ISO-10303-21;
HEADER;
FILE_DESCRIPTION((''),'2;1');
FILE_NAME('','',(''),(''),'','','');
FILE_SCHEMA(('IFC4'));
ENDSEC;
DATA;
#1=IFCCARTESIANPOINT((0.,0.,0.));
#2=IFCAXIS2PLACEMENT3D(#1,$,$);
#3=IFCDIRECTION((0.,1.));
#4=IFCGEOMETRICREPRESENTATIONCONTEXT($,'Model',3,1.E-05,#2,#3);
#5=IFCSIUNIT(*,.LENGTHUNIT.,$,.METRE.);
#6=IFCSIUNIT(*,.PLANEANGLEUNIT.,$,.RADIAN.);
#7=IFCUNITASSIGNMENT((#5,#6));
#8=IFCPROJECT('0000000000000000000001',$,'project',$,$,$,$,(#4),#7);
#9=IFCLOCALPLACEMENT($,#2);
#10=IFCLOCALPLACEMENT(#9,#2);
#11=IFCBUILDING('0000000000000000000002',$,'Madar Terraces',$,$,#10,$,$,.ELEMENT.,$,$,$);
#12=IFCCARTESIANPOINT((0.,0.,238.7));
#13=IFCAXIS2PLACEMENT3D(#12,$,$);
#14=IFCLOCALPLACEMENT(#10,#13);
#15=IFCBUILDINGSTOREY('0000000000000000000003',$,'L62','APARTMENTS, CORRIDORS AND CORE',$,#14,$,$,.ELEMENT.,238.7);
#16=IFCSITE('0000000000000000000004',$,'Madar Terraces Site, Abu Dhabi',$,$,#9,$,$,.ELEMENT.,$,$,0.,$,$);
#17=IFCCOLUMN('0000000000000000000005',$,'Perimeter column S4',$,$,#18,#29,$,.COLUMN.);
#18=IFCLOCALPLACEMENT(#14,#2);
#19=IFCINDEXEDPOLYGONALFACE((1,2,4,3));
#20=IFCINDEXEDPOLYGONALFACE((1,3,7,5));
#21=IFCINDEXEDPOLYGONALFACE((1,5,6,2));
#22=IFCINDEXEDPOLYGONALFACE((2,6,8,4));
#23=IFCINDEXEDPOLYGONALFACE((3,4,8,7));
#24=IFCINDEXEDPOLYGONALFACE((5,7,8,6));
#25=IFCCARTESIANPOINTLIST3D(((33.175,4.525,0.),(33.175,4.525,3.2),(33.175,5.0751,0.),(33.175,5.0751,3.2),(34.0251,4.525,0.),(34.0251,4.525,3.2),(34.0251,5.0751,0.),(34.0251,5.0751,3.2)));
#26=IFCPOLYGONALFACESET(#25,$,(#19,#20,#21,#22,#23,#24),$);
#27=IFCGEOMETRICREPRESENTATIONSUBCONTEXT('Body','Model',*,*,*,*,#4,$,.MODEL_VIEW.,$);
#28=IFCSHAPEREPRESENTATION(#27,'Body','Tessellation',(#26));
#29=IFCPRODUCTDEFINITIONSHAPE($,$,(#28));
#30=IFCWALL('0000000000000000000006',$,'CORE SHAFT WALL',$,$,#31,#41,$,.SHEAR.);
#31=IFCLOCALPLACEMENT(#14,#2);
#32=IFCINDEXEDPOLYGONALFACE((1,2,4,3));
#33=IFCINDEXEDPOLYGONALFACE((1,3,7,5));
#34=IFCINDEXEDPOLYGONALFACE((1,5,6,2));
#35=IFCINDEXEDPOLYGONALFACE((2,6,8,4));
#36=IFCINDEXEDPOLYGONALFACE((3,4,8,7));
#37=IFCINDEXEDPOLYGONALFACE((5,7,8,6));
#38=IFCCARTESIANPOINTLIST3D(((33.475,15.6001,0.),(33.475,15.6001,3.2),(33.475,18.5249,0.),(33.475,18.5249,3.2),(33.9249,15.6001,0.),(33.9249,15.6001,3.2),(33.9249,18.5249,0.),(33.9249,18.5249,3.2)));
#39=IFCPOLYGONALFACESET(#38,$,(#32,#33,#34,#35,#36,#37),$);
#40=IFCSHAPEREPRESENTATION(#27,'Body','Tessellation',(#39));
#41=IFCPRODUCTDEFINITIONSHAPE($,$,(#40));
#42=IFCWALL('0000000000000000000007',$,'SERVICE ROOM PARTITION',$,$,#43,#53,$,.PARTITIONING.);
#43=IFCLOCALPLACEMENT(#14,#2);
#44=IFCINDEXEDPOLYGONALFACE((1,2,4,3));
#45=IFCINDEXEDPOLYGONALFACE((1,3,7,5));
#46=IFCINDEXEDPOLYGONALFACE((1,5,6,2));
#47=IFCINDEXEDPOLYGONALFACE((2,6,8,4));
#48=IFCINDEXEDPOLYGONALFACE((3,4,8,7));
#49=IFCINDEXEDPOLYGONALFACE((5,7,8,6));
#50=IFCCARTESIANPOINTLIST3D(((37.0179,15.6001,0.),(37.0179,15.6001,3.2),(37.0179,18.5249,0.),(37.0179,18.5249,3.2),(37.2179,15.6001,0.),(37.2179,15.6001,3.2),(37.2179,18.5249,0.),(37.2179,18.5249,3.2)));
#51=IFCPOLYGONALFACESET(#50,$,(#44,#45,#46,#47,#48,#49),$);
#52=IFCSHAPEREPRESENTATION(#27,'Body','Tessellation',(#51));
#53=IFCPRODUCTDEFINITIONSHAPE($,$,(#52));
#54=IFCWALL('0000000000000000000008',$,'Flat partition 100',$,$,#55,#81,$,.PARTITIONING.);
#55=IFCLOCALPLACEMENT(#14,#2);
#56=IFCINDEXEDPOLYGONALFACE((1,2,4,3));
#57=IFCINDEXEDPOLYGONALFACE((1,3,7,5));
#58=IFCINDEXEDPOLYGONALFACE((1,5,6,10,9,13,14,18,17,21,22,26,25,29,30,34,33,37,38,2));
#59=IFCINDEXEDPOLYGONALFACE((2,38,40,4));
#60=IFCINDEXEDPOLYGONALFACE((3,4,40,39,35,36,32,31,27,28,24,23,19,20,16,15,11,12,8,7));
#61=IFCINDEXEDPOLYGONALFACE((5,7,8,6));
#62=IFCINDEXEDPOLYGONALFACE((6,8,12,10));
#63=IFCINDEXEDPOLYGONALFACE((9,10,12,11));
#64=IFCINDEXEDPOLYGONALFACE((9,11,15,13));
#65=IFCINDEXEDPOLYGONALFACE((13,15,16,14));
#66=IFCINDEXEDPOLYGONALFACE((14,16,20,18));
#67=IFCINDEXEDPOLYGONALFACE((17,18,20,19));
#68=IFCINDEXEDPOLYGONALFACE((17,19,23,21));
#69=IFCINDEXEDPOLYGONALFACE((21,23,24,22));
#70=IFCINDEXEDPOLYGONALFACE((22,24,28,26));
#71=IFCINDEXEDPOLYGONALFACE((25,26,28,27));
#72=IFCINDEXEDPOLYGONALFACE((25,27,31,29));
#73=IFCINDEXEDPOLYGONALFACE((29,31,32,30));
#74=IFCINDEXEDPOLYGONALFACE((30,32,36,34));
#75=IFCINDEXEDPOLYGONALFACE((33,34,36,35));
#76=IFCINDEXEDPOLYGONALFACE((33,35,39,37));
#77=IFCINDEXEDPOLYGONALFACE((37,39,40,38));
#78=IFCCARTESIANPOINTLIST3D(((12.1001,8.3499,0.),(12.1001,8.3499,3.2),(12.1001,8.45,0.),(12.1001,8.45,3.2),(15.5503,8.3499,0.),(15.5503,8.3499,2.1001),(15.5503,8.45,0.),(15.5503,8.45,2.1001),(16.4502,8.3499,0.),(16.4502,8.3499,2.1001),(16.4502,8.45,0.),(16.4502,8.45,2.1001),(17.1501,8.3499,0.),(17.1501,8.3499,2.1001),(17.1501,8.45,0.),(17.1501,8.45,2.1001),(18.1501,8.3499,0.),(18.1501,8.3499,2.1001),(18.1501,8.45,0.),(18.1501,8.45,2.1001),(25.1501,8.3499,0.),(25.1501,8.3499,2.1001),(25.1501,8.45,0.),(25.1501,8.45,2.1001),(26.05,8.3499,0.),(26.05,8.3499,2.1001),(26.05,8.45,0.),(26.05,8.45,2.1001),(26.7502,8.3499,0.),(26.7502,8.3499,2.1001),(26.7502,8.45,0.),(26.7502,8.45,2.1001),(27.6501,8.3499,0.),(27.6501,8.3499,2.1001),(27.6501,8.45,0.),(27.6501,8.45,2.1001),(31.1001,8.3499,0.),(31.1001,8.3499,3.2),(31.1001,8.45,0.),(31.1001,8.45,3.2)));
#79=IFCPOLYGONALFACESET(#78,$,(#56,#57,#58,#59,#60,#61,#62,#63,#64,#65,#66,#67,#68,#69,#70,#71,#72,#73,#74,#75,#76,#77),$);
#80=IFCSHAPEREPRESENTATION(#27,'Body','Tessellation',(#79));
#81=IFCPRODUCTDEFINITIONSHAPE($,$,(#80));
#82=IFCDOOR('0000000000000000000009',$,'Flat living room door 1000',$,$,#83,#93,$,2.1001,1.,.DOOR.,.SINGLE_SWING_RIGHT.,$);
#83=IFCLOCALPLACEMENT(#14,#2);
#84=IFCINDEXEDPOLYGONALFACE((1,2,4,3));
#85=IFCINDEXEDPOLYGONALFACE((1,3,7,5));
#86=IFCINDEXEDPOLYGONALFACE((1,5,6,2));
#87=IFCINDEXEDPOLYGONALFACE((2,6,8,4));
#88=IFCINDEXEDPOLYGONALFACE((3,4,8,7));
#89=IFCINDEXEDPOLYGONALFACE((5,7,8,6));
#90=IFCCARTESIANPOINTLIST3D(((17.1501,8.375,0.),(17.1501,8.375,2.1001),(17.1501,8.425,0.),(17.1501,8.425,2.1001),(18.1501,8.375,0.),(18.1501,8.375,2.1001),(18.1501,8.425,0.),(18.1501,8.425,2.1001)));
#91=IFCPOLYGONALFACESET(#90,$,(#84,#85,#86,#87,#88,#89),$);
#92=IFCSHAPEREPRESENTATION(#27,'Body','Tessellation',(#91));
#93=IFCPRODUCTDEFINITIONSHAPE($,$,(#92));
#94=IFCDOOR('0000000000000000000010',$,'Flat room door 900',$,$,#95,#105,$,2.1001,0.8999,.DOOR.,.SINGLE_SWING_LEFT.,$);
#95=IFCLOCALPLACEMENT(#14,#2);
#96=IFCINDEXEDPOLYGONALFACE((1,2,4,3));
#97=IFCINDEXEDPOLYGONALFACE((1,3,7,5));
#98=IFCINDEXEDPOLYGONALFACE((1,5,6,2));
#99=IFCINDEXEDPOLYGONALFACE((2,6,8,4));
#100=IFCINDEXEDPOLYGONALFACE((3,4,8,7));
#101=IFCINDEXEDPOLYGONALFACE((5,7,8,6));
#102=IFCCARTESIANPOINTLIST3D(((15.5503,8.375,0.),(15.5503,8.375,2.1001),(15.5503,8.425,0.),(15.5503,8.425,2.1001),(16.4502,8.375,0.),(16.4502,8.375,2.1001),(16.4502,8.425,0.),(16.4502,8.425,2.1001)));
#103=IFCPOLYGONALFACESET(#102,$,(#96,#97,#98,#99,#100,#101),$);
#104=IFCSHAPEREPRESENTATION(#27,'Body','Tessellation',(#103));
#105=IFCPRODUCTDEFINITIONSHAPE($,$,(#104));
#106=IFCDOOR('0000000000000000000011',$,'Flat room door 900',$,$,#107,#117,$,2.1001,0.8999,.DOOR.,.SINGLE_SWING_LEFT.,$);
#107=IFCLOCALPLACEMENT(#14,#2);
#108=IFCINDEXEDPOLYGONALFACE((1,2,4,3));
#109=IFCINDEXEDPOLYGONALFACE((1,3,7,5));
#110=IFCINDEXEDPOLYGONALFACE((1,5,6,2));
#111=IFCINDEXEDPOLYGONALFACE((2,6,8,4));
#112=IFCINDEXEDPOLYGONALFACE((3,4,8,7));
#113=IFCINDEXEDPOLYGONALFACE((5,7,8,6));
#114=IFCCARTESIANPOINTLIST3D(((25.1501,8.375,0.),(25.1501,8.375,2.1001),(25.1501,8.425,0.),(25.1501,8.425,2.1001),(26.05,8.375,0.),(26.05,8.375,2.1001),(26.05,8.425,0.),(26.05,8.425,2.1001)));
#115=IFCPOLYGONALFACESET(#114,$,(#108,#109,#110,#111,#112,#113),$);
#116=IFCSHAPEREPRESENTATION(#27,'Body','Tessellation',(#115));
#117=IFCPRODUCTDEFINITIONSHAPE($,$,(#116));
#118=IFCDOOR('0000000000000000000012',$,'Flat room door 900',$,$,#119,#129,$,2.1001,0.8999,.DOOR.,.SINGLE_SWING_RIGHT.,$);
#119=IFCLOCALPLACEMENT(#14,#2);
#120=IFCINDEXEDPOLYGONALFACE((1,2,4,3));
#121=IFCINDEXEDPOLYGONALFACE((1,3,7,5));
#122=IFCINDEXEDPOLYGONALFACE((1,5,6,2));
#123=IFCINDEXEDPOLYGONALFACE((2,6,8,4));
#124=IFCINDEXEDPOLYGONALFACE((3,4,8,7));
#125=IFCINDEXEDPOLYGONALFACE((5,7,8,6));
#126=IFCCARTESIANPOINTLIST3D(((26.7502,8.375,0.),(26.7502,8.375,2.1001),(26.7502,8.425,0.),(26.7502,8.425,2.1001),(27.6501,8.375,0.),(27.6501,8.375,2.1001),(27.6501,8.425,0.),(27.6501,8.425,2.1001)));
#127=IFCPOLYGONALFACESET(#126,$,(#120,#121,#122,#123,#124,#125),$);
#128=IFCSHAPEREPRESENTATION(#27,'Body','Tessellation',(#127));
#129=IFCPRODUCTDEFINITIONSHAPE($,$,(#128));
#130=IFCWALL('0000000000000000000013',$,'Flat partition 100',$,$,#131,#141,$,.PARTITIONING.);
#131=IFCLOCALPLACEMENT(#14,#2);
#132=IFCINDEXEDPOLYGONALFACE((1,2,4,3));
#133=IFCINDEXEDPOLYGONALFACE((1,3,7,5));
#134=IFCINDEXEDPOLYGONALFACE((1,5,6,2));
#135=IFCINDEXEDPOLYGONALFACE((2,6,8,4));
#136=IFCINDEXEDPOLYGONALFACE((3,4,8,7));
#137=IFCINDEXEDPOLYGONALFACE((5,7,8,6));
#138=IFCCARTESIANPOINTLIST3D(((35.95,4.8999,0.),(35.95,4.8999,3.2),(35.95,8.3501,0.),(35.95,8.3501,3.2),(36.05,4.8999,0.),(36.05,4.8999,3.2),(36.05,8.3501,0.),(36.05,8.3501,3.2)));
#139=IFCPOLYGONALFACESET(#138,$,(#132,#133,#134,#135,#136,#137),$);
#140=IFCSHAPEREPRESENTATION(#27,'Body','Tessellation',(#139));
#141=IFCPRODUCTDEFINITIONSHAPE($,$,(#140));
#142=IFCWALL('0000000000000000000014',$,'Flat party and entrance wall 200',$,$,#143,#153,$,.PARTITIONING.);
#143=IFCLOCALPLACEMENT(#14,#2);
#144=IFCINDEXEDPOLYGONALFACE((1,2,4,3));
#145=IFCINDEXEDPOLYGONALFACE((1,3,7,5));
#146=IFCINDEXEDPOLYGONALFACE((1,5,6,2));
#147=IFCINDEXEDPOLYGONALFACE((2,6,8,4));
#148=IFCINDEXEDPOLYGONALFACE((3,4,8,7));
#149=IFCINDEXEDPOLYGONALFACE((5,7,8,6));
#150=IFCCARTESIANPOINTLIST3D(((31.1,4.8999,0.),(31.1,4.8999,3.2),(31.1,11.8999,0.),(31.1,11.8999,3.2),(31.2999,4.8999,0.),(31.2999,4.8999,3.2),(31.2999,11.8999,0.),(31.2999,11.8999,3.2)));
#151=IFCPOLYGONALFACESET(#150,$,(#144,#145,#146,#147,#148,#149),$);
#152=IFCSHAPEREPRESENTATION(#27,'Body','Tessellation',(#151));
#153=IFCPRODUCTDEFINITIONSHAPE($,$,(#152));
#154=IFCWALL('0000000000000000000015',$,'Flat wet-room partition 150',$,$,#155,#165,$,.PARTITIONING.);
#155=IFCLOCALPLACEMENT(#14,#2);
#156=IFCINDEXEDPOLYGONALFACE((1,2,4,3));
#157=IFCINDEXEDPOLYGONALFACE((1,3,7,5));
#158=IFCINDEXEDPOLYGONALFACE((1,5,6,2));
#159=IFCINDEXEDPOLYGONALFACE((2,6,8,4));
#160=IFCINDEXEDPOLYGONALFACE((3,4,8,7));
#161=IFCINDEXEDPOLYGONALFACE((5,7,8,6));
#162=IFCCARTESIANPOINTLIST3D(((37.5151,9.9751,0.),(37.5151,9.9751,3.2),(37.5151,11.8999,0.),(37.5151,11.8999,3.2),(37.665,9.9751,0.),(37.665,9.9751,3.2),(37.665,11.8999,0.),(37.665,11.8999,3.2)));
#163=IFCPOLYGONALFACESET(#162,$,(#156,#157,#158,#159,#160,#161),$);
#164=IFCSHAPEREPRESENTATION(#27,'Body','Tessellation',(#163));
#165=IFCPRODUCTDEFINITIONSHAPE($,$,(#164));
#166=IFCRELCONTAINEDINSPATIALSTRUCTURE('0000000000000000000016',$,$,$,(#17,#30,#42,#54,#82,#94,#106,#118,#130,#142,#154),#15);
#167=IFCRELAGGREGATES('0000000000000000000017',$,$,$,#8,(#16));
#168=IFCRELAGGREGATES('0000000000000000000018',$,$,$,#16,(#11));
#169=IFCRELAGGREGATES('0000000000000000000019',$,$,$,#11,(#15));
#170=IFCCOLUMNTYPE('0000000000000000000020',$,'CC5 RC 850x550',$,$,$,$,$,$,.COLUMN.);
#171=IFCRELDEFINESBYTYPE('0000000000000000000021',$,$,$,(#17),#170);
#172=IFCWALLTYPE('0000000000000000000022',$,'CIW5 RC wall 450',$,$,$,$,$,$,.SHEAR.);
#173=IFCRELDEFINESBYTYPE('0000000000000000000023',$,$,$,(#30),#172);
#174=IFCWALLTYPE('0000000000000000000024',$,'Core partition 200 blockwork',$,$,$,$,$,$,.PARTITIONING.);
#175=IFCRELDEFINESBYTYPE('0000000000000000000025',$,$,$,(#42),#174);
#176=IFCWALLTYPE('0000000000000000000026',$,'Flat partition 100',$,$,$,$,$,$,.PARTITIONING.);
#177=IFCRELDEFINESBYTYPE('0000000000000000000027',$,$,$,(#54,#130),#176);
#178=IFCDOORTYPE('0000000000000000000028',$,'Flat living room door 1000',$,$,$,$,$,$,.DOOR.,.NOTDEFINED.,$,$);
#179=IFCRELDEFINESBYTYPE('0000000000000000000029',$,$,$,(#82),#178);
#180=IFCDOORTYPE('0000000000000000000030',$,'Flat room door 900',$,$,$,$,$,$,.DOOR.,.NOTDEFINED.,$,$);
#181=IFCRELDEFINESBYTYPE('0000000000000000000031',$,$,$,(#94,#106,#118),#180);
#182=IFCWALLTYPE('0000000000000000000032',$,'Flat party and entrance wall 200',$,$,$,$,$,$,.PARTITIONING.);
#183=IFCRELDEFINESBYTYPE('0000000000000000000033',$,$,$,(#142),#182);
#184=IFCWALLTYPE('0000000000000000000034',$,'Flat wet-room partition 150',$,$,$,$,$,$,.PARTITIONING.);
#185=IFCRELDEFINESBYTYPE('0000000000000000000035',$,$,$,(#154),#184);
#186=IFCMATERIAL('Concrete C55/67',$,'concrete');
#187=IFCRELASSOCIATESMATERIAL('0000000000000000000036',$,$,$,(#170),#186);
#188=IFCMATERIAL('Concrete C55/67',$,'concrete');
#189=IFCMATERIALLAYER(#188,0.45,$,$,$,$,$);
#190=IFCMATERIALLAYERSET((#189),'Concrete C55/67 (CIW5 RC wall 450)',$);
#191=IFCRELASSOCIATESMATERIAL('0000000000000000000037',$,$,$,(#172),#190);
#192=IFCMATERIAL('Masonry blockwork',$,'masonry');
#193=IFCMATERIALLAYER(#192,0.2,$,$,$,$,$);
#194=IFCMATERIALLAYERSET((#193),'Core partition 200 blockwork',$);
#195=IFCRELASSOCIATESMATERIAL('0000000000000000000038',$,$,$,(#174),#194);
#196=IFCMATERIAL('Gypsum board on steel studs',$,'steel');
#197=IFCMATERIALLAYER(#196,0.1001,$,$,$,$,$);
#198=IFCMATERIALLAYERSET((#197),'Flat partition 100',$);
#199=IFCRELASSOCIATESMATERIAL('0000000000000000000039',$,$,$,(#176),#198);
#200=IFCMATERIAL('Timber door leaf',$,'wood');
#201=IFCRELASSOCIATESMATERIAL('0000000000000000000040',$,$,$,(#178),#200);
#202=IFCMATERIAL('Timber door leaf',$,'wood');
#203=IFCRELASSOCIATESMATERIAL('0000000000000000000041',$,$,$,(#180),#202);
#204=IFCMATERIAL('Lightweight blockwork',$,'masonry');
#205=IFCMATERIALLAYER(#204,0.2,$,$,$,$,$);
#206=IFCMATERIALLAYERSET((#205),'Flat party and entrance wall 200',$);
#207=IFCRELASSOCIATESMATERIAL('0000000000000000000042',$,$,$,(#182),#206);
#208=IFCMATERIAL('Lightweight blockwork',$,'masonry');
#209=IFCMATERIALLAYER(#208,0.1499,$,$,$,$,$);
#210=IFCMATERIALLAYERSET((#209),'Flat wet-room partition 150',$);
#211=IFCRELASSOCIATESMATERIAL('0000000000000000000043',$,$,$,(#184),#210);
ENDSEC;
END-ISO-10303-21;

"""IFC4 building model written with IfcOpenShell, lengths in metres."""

from ifc_helpers import new_model, si_unit, direction, frame, frame_2d, origin, origin_2d, place, context, subcontext, project, spatial, rectangle, extrude, material, layer, layer_set, material_profile, profile_set, type_object, element, fill, save


model = new_model("IFC4")

# Units and contexts
model_context = context("Model", 3, precision=1e-05, world=origin(), true_north=direction((0.0, 1.0)))
body_context = subcontext(model_context, "Body", "Model", "MODEL_VIEW")
ifc_project = project(units=[si_unit("LENGTHUNIT", "METRE"), si_unit("PLANEANGLEUNIT", "RADIAN")], contexts=[model_context])

# Site, building, storey
site_placement = place(None, origin())
site = spatial("IfcSite", under=ifc_project, at=site_placement, Name="Madar Terraces Site, Abu Dhabi", CompositionType="ELEMENT", RefElevation=0.0)
building_placement = place(site_placement, origin())
building = spatial("IfcBuilding", under=site, at=building_placement, Name="Madar Terraces", CompositionType="ELEMENT")
storey_placement = place(building_placement, frame((0.0, 0.0, 238.7)))
storey = spatial("IfcBuildingStorey", under=building, at=storey_placement, Name="L62", Description="APARTMENTS, CORRIDORS AND CORE", CompositionType="ELEMENT", Elevation=238.7)

# Column
ifc_material_1 = material(Name="Concrete C55/67", Category="concrete")
ifc_material_profile = material_profile(ifc_material_1, rectangle(XDim=0.8501, YDim=0.55, at=origin_2d()), Name="CC5 RC 850x550")
ifc_profile_set = profile_set([ifc_material_profile], Name="Concrete C55/67")
column_type = type_object("IfcColumnType", Name="CC5 RC 850x550", PredefinedType="COLUMN", material=ifc_profile_set)
column_placement = place(storey_placement, frame((33.6001, 4.8, 0.0), z_axis=(0.0, 0.0, 1.0), x_axis=(1.0, 0.0, 0.0)))
element("IfcColumn", 1, at=column_placement, inside=storey, type_object=column_type, Name="Perimeter column S4", PredefinedType="COLUMN", context=body_context, shape_type="SweptSolid", body=[
    extrude(rectangle(XDim=0.8501, YDim=0.55, at=origin_2d()), origin(), (0.0, 0.0, 1.0), 3.2),
])

# Walls
ifc_material_2 = material(Name="Concrete C55/67", Category="concrete")
ifc_layer_1 = layer(ifc_material_2, 0.45)
ifc_layer_set_1 = layer_set([ifc_layer_1], Name="Concrete C55/67 (CIW5 RC wall 450)")
wall_type_1 = type_object("IfcWallType", Name="CIW5 RC wall 450", PredefinedType="SHEAR", material=ifc_layer_set_1)
wall_1_placement = place(storey_placement, frame((33.7, 15.6001, 0.0), z_axis=(0.0, 0.0, 1.0), x_axis=(0.0, 1.0, 0.0)))
element("IfcWall", 2, at=wall_1_placement, inside=storey, type_object=wall_type_1, Name="CORE SHAFT WALL", PredefinedType="SHEAR", context=body_context, shape_type="SweptSolid", body=[
    extrude(rectangle(XDim=2.9248, YDim=0.45, at=frame_2d((1.4624, 0.0))), origin(), (0.0, 0.0, 1.0), 3.2),
])
ifc_material_3 = material(Name="Masonry blockwork", Category="masonry")
ifc_layer_2 = layer(ifc_material_3, 0.2)
ifc_layer_set_2 = layer_set([ifc_layer_2], Name="Core partition 200 blockwork")
wall_type_2 = type_object("IfcWallType", Name="Core partition 200 blockwork", PredefinedType="PARTITIONING", material=ifc_layer_set_2)
wall_2_placement = place(storey_placement, frame((37.1179, 15.6001, 0.0), z_axis=(0.0, 0.0, 1.0), x_axis=(0.0, 1.0, 0.0)))
element("IfcWall", 3, at=wall_2_placement, inside=storey, type_object=wall_type_2, Name="SERVICE ROOM PARTITION", PredefinedType="PARTITIONING", context=body_context, shape_type="SweptSolid", body=[
    extrude(rectangle(XDim=2.9248, YDim=0.2, at=frame_2d((1.4624, 0.0))), origin(), (0.0, 0.0, 1.0), 3.2),
])

# Wall, openings, doors
ifc_material_4 = material(Name="Gypsum board on steel studs", Category="steel")
ifc_layer_3 = layer(ifc_material_4, 0.1001)
ifc_layer_set_3 = layer_set([ifc_layer_3], Name="Flat partition 100")
wall_type_3 = type_object("IfcWallType", Name="Flat partition 100", PredefinedType="PARTITIONING", material=ifc_layer_set_3)
wall_3_placement = place(storey_placement, frame((31.1001, 8.3999, 0.0), z_axis=(0.0, 0.0, 1.0), x_axis=(-1.0, 0.0, 0.0)))
wall_3 = element("IfcWall", 4, at=wall_3_placement, inside=storey, type_object=wall_type_3, Name="Flat partition 100", PredefinedType="PARTITIONING", context=body_context, shape_type="SweptSolid", body=[
    extrude(rectangle(XDim=19.0, YDim=0.1001, at=frame_2d((9.5, 0.0))), origin(), (0.0, 0.0, 1.0), 3.2),
])
opening_1_placement = place(wall_3_placement, frame((14.6499, 0.0, 0.0)))
opening_1 = element("IfcOpeningElement", 5, at=opening_1_placement, cuts=wall_3, PredefinedType="OPENING", context=body_context, shape_type="SweptSolid", body=[
    extrude(rectangle(XDim=0.8999, YDim=2.1001, at=frame_2d((0.45, 1.05))), frame((0.0, 0.0601, 0.0), z_axis=(0.0, -1.0, 0.0), x_axis=(1.0, 0.0, 0.0)), (0.0, 0.0, 1.0), 0.1201),
])
opening_2_placement = place(wall_3_placement, frame((12.95, 0.0, 0.0)))
opening_2 = element("IfcOpeningElement", 6, at=opening_2_placement, cuts=wall_3, PredefinedType="OPENING", context=body_context, shape_type="SweptSolid", body=[
    extrude(rectangle(XDim=1.0, YDim=2.1001, at=frame_2d((0.5, 1.05))), frame((0.0, 0.0601, 0.0), z_axis=(0.0, -1.0, 0.0), x_axis=(1.0, 0.0, 0.0)), (0.0, 0.0, 1.0), 0.1201),
])
opening_3_placement = place(wall_3_placement, frame((5.05, 0.0, 0.0)))
opening_3 = element("IfcOpeningElement", 7, at=opening_3_placement, cuts=wall_3, PredefinedType="OPENING", context=body_context, shape_type="SweptSolid", body=[
    extrude(rectangle(XDim=0.8999, YDim=2.1001, at=frame_2d((0.45, 1.05))), frame((0.0, 0.0601, 0.0), z_axis=(0.0, -1.0, 0.0), x_axis=(1.0, 0.0, 0.0)), (0.0, 0.0, 1.0), 0.1201),
])
opening_4_placement = place(wall_3_placement, frame((3.45, 0.0, 0.0)))
opening_4 = element("IfcOpeningElement", 8, at=opening_4_placement, cuts=wall_3, PredefinedType="OPENING", context=body_context, shape_type="SweptSolid", body=[
    extrude(rectangle(XDim=0.8999, YDim=2.1001, at=frame_2d((0.45, 1.05))), frame((0.0, 0.0601, 0.0), z_axis=(0.0, -1.0, 0.0), x_axis=(1.0, 0.0, 0.0)), (0.0, 0.0, 1.0), 0.1201),
])
ifc_material_5 = material(Name="Timber door leaf", Category="wood")
door_type_1 = type_object("IfcDoorType", Name="Flat living room door 1000", OperationType="NOTDEFINED", PredefinedType="DOOR", material=ifc_material_5)
door_1_placement = place(opening_2_placement, origin())
door_1 = element("IfcDoor", 9, at=door_1_placement, inside=storey, type_object=door_type_1, Name="Flat living room door 1000", OperationType="SINGLE_SWING_RIGHT", OverallHeight=2.1001, OverallWidth=1.0, PredefinedType="DOOR", context=body_context, shape_type="SweptSolid", body=[
    extrude(rectangle(XDim=1.0, YDim=2.1001, at=frame_2d((0.5, 1.05))), frame((0.0, 0.0249, 0.0), z_axis=(0.0, -1.0, 0.0), x_axis=(1.0, 0.0, 0.0)), (0.0, 0.0, 1.0), 0.05),
])
fill(opening_2, door_1)
ifc_material_6 = material(Name="Timber door leaf", Category="wood")
door_type_2 = type_object("IfcDoorType", Name="Flat room door 900", OperationType="NOTDEFINED", PredefinedType="DOOR", material=ifc_material_6)
door_2_placement = place(opening_1_placement, origin())
door_2 = element("IfcDoor", 10, at=door_2_placement, inside=storey, type_object=door_type_2, Name="Flat room door 900", OperationType="SINGLE_SWING_LEFT", OverallHeight=2.1001, OverallWidth=0.8999, PredefinedType="DOOR", context=body_context, shape_type="SweptSolid", body=[
    extrude(rectangle(XDim=0.8999, YDim=2.1001, at=frame_2d((0.45, 1.05))), frame((0.0, 0.0249, 0.0), z_axis=(0.0, -1.0, 0.0), x_axis=(1.0, 0.0, 0.0)), (0.0, 0.0, 1.0), 0.05),
])
fill(opening_1, door_2)
door_3_placement = place(opening_3_placement, origin())
door_3 = element("IfcDoor", 11, at=door_3_placement, inside=storey, type_object=door_type_2, Name="Flat room door 900", OperationType="SINGLE_SWING_LEFT", OverallHeight=2.1001, OverallWidth=0.8999, PredefinedType="DOOR", context=body_context, shape_type="SweptSolid", body=[
    extrude(rectangle(XDim=0.8999, YDim=2.1001, at=frame_2d((0.45, 1.05))), frame((0.0, 0.0249, 0.0), z_axis=(0.0, -1.0, 0.0), x_axis=(1.0, 0.0, 0.0)), (0.0, 0.0, 1.0), 0.05),
])
fill(opening_3, door_3)
door_4_placement = place(opening_4_placement, origin())
door_4 = element("IfcDoor", 12, at=door_4_placement, inside=storey, type_object=door_type_2, Name="Flat room door 900", OperationType="SINGLE_SWING_RIGHT", OverallHeight=2.1001, OverallWidth=0.8999, PredefinedType="DOOR", context=body_context, shape_type="SweptSolid", body=[
    extrude(rectangle(XDim=0.8999, YDim=2.1001, at=frame_2d((0.45, 1.05))), frame((0.0, 0.0249, 0.0), z_axis=(0.0, -1.0, 0.0), x_axis=(1.0, 0.0, 0.0)), (0.0, 0.0, 1.0), 0.05),
])
fill(opening_4, door_4)

# Walls
wall_4_placement = place(storey_placement, frame((36.0, 8.3501, 0.0), z_axis=(0.0, 0.0, 1.0), x_axis=(0.0, -1.0, 0.0)))
element("IfcWall", 13, at=wall_4_placement, inside=storey, type_object=wall_type_3, Name="Flat partition 100", PredefinedType="PARTITIONING", context=body_context, shape_type="SweptSolid", body=[
    extrude(rectangle(XDim=3.4502, YDim=0.1001, at=frame_2d((1.7251, 0.0))), origin(), (0.0, 0.0, 1.0), 3.2),
])
ifc_material_7 = material(Name="Lightweight blockwork", Category="masonry")
ifc_layer_4 = layer(ifc_material_7, 0.2)
ifc_layer_set_4 = layer_set([ifc_layer_4], Name="Flat party and entrance wall 200")
wall_type_4 = type_object("IfcWallType", Name="Flat party and entrance wall 200", PredefinedType="PARTITIONING", material=ifc_layer_set_4)
wall_5_placement = place(storey_placement, frame((31.2, 11.8999, 0.0), z_axis=(0.0, 0.0, 1.0), x_axis=(0.0, -1.0, 0.0)))
element("IfcWall", 14, at=wall_5_placement, inside=storey, type_object=wall_type_4, Name="Flat party and entrance wall 200", PredefinedType="PARTITIONING", context=body_context, shape_type="SweptSolid", body=[
    extrude(rectangle(XDim=7.0, YDim=0.2, at=frame_2d((3.5, 0.0))), origin(), (0.0, 0.0, 1.0), 3.2),
])
ifc_material_8 = material(Name="Lightweight blockwork", Category="masonry")
ifc_layer_5 = layer(ifc_material_8, 0.1499)
ifc_layer_set_5 = layer_set([ifc_layer_5], Name="Flat wet-room partition 150")
wall_type_5 = type_object("IfcWallType", Name="Flat wet-room partition 150", PredefinedType="PARTITIONING", material=ifc_layer_set_5)
wall_6_placement = place(storey_placement, frame((37.5901, 11.8999, 0.0), z_axis=(0.0, 0.0, 1.0), x_axis=(0.0, -1.0, 0.0)))
element("IfcWall", 15, at=wall_6_placement, inside=storey, type_object=wall_type_5, Name="Flat wet-room partition 150", PredefinedType="PARTITIONING", context=body_context, shape_type="SweptSolid", body=[
    extrude(rectangle(XDim=1.9248, YDim=0.1499, at=frame_2d((0.9624, 0.0))), origin(), (0.0, 0.0, 1.0), 3.2),
])

save(model, "model.ifc")
